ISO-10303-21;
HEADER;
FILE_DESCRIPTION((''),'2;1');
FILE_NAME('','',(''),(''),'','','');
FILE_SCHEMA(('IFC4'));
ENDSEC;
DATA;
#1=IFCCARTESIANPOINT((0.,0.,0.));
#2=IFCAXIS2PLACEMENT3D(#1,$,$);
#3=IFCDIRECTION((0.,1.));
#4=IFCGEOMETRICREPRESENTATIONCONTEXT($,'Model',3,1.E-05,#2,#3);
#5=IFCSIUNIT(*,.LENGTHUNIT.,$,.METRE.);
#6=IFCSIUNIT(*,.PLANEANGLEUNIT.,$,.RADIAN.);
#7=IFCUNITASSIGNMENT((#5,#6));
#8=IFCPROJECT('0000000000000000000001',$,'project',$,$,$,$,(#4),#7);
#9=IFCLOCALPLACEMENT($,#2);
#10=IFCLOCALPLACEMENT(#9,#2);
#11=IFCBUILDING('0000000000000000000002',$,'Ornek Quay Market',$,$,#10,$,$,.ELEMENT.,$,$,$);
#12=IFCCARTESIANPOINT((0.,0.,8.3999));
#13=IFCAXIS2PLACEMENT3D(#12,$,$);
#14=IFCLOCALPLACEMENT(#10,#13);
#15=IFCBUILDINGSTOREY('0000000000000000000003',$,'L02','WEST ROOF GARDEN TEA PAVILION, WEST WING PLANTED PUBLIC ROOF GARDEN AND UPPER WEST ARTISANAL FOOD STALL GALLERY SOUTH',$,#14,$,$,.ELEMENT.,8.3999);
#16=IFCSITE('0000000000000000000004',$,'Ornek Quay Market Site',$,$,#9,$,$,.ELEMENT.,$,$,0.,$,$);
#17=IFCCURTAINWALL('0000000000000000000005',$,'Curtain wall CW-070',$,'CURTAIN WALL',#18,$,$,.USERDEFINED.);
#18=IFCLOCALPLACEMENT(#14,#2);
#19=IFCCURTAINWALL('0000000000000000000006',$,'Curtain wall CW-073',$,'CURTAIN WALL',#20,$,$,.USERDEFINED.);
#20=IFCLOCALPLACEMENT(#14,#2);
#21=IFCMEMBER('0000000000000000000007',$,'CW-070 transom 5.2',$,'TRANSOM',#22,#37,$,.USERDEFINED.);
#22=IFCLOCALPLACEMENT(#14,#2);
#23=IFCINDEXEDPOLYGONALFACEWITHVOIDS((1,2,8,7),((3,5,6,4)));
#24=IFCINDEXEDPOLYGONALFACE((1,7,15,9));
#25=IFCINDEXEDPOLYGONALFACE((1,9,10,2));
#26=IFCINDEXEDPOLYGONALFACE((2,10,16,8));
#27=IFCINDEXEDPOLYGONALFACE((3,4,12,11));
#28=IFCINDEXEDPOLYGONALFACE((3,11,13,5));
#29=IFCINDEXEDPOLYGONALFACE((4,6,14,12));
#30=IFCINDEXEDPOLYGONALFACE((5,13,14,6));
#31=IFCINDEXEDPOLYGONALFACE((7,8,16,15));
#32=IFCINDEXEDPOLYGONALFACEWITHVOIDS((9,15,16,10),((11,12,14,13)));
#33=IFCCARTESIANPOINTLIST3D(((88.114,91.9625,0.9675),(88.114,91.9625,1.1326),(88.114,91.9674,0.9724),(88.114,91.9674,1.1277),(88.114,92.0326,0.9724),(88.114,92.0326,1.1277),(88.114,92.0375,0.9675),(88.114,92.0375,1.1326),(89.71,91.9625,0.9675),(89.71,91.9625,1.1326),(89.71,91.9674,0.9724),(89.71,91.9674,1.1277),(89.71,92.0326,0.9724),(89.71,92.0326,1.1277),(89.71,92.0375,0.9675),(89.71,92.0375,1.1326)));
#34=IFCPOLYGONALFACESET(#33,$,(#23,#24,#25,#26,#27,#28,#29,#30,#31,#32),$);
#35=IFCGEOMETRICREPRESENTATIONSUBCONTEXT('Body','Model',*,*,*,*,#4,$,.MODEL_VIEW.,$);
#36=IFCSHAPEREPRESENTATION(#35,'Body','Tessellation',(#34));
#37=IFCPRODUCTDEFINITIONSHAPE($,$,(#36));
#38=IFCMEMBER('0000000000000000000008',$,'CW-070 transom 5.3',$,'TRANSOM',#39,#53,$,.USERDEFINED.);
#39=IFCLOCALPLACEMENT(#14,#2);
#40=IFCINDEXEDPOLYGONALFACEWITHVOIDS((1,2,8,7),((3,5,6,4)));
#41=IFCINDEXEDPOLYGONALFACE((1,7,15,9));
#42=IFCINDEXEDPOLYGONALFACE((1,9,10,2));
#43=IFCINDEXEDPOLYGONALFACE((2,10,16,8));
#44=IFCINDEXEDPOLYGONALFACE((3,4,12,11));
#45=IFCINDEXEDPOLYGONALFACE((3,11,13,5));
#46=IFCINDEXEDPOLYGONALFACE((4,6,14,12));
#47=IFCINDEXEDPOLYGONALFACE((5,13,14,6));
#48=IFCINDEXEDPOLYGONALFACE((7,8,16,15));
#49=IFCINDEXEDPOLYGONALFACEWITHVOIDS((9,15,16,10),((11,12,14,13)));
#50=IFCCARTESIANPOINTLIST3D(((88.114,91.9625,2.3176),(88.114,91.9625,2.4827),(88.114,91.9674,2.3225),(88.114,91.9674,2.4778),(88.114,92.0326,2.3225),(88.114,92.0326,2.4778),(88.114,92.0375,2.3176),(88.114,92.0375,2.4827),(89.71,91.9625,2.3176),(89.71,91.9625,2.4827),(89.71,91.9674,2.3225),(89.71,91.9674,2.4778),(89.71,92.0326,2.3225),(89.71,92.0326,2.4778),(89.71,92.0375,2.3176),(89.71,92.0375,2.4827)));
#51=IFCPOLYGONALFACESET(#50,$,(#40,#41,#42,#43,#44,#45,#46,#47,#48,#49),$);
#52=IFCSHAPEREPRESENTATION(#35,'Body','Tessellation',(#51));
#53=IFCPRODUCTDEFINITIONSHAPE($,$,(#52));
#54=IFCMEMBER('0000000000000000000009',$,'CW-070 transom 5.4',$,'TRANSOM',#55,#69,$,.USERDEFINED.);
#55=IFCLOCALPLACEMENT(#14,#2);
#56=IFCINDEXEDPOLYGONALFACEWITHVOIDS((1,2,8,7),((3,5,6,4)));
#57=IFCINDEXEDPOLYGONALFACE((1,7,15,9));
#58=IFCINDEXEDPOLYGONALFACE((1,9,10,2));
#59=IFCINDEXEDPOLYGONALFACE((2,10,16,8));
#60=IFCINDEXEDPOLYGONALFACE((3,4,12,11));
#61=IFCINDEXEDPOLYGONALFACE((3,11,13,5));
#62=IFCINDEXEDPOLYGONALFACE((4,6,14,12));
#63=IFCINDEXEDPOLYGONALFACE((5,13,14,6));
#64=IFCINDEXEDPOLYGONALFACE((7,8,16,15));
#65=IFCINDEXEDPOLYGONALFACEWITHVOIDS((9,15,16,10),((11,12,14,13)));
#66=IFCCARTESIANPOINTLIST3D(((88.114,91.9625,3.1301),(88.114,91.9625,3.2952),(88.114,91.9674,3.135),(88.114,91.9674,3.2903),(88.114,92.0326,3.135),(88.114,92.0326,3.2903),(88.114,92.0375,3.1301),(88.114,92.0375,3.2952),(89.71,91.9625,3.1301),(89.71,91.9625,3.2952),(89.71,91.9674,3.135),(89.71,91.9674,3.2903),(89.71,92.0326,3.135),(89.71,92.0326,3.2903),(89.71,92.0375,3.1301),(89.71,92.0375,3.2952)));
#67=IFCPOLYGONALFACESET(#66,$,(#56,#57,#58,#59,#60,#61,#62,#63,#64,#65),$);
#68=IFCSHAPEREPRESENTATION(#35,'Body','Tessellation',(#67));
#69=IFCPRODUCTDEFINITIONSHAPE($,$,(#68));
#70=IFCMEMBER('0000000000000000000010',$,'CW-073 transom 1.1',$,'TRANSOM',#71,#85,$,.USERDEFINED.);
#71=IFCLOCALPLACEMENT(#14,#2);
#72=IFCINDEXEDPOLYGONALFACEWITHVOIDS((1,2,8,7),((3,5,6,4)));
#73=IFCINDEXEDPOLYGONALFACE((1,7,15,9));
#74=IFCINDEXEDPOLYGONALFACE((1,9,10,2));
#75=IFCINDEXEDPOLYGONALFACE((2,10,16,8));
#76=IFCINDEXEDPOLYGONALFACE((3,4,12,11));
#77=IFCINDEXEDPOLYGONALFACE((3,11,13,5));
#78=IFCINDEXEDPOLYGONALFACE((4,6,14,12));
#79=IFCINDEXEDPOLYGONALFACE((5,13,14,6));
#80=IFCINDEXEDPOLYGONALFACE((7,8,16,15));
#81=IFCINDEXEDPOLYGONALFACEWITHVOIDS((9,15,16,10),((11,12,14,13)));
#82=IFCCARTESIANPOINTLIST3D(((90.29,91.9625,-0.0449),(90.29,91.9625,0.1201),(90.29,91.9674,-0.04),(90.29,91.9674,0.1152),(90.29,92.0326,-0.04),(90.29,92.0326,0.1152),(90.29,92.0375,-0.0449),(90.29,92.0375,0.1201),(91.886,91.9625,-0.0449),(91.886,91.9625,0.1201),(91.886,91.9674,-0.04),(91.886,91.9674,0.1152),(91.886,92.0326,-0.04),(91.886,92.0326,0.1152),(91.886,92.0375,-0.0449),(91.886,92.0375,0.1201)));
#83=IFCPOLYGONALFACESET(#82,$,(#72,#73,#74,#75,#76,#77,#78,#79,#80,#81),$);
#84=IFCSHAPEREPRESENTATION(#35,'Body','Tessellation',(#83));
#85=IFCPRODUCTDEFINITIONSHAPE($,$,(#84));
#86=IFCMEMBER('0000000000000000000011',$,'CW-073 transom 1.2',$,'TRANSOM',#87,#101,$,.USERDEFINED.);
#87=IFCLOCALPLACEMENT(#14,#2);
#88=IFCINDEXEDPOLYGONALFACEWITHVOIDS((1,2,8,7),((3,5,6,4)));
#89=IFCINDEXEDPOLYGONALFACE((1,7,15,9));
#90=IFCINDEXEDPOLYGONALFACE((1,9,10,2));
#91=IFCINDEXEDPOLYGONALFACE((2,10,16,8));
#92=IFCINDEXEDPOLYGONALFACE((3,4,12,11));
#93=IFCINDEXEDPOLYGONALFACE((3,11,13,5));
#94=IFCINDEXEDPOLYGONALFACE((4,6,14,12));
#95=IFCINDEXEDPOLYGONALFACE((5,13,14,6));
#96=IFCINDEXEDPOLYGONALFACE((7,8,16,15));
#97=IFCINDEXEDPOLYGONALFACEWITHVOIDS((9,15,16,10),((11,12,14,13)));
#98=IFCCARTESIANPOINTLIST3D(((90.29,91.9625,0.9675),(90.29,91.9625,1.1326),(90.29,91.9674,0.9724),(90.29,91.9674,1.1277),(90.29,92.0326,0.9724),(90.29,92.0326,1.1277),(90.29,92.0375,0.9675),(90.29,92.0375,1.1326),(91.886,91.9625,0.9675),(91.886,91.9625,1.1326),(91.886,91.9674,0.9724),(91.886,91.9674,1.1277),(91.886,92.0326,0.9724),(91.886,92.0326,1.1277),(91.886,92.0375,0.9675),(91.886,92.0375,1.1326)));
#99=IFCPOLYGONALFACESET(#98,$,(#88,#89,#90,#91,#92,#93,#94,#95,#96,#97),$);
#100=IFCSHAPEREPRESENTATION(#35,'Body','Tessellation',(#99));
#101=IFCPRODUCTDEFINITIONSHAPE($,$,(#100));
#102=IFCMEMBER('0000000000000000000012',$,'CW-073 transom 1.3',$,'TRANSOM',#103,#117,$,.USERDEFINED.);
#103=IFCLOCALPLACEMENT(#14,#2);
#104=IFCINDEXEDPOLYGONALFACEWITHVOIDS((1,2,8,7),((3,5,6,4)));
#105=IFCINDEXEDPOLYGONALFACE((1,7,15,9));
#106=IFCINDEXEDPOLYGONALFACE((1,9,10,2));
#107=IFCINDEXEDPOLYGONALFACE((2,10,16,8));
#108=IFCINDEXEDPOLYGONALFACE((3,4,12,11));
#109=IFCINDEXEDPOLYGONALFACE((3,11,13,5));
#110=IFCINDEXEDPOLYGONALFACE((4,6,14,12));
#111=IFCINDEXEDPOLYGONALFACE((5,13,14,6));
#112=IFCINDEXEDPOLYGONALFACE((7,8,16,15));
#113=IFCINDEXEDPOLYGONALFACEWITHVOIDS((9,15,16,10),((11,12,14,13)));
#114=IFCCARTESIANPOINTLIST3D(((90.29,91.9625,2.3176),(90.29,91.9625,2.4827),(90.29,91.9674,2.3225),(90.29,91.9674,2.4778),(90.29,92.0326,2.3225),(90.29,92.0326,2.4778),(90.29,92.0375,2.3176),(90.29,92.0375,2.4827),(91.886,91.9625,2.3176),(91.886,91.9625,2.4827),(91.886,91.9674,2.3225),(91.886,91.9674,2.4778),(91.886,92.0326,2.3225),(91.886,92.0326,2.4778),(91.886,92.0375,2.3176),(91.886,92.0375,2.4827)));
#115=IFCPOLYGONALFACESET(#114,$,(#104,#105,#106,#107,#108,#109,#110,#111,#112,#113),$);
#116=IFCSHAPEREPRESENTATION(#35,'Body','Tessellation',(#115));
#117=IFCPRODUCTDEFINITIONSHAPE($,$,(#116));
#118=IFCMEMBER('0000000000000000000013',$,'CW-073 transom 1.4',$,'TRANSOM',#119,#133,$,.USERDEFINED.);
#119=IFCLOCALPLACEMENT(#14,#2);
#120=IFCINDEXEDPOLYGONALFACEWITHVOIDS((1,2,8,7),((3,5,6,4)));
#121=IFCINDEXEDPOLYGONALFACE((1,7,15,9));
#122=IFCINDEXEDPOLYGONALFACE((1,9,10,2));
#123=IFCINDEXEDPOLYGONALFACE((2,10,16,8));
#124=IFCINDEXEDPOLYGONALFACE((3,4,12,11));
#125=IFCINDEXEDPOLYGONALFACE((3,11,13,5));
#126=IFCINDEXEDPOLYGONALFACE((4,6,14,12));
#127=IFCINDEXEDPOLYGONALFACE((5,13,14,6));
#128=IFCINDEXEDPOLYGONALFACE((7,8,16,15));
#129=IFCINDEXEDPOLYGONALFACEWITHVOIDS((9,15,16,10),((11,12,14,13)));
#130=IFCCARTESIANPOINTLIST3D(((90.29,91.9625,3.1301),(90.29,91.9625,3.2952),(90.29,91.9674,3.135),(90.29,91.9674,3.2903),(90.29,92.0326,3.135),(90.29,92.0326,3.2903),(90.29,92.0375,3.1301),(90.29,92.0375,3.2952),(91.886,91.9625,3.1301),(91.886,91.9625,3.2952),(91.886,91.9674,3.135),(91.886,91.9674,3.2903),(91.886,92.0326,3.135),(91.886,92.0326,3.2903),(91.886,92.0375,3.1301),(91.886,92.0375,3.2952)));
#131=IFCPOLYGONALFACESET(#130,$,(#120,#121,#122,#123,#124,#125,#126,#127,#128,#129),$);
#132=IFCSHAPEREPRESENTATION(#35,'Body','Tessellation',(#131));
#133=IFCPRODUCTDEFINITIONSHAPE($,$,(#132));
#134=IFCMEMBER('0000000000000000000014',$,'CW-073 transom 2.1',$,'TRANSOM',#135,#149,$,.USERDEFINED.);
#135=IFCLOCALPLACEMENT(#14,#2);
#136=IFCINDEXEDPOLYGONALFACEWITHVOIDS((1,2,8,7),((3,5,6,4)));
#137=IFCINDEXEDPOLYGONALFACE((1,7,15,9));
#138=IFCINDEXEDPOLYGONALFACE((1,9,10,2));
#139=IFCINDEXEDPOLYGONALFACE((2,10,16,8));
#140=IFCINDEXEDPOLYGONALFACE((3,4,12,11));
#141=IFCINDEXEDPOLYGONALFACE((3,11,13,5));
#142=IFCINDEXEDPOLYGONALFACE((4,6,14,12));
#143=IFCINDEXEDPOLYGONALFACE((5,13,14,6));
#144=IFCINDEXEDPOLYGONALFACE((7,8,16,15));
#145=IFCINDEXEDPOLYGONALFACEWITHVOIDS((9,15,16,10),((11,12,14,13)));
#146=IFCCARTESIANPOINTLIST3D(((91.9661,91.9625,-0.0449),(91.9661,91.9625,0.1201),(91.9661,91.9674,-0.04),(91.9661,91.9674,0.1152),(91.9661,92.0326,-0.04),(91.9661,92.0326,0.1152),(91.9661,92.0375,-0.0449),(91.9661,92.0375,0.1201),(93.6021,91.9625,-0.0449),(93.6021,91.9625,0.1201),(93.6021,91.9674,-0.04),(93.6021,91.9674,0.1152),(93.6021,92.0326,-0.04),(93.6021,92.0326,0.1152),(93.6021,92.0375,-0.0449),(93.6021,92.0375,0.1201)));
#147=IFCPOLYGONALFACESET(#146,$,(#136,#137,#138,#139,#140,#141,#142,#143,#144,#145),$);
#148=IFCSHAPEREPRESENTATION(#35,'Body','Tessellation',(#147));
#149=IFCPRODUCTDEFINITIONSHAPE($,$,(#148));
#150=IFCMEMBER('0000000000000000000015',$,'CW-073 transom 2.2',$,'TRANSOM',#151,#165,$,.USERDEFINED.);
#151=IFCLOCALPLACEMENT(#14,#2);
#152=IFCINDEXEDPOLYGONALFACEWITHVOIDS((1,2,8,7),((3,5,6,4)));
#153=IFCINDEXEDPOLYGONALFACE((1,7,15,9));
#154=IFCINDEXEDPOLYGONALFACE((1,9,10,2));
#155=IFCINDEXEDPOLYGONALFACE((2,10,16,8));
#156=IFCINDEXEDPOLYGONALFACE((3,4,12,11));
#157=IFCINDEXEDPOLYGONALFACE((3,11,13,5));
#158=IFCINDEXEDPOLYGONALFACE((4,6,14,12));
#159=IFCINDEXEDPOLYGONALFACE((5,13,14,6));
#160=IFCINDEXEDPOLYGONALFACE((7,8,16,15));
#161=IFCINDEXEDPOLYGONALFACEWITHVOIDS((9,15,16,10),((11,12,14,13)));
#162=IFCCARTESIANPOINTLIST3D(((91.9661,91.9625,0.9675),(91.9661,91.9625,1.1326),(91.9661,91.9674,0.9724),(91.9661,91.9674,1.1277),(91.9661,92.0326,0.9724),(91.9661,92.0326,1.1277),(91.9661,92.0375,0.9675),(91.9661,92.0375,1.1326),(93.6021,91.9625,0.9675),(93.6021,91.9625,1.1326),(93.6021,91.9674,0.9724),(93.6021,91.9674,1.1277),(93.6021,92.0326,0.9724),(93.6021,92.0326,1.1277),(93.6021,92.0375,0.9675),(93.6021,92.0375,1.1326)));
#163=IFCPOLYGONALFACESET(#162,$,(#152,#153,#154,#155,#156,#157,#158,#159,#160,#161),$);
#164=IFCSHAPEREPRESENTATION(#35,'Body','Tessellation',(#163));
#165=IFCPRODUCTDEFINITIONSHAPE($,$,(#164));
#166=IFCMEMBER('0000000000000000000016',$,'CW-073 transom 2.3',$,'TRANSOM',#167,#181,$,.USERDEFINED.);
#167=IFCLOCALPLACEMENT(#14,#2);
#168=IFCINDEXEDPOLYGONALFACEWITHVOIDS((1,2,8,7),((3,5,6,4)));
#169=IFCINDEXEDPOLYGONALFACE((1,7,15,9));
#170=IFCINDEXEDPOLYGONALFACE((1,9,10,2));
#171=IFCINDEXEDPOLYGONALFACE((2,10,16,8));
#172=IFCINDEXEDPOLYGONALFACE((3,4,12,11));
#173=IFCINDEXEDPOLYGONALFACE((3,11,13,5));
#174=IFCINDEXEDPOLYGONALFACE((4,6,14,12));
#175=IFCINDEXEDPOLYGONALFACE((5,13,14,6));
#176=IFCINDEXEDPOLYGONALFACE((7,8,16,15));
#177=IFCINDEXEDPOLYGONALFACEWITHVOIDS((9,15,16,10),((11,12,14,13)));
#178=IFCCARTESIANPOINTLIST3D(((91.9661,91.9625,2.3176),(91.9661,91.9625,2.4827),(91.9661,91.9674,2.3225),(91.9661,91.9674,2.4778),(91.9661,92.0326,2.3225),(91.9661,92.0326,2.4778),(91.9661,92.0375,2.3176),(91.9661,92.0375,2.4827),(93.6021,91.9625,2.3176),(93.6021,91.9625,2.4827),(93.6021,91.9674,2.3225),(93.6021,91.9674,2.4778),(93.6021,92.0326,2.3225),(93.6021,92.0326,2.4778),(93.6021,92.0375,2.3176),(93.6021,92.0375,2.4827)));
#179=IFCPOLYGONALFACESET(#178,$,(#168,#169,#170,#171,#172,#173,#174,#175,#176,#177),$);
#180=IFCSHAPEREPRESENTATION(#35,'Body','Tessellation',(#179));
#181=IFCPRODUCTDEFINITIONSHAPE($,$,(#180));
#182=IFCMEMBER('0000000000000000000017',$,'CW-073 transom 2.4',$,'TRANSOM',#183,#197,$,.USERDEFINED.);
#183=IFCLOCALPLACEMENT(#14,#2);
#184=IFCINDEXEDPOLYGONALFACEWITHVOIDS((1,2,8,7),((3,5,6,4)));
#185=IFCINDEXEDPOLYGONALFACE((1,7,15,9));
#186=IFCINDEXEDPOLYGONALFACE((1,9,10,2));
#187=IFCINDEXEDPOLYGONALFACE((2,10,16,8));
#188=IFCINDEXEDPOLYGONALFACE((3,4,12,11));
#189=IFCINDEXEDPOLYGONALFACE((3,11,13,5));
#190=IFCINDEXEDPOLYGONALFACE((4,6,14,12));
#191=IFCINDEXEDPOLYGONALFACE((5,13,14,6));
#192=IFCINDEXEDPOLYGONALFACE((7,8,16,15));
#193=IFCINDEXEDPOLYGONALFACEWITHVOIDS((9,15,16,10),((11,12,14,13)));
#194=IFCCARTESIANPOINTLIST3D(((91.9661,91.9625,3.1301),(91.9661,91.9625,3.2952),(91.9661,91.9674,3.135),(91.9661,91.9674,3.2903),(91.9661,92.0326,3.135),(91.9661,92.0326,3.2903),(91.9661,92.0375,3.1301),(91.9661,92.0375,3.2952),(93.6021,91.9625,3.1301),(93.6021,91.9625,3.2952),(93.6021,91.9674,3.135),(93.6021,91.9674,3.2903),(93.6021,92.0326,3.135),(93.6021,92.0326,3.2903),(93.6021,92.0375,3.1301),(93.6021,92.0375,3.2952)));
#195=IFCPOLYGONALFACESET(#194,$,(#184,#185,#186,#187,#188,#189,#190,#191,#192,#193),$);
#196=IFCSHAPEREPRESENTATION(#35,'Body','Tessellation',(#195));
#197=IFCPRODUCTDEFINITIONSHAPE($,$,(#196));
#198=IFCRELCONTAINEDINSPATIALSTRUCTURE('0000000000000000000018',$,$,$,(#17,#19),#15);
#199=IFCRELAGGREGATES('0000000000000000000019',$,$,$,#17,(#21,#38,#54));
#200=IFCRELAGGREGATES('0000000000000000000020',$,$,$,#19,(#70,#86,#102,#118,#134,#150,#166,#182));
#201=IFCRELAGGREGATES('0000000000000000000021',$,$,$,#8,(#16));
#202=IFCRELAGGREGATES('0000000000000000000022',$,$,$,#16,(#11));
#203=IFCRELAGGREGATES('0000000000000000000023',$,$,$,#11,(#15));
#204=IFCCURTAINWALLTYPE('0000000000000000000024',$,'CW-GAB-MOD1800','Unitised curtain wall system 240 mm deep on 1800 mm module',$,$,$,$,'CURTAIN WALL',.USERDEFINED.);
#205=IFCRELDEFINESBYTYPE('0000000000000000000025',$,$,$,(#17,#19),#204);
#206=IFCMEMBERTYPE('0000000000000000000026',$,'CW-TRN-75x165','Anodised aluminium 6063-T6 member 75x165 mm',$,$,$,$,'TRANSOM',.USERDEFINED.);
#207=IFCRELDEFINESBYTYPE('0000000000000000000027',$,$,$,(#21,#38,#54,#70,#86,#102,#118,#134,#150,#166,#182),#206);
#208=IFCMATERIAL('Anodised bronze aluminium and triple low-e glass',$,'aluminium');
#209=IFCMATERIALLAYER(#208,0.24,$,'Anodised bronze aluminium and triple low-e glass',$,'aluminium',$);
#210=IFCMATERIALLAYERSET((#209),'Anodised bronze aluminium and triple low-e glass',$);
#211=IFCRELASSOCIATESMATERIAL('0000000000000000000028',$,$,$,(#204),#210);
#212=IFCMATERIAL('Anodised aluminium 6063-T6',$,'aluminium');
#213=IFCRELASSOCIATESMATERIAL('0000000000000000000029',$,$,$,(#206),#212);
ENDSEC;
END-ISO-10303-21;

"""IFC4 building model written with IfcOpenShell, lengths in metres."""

from ifc_helpers import new_model, si_unit, direction, frame, origin, origin_2d, place, context, subcontext, project, spatial, hollow_rectangle, extrude, material, layer, layer_set, material_profile, profile_set, type_object, element, aggregate, save


model = new_model("IFC4")

# Units and contexts
model_context = context("Model", 3, precision=1e-05, world=origin(), true_north=direction((0.0, 1.0)))
body_context = subcontext(model_context, "Body", "Model", "MODEL_VIEW")
ifc_project = project(units=[si_unit("LENGTHUNIT", "METRE"), si_unit("PLANEANGLEUNIT", "RADIAN")], contexts=[model_context])

# Site, building, storey
site_placement = place(None, origin())
site = spatial("IfcSite", under=ifc_project, at=site_placement, Name="Ornek Quay Market Site", CompositionType="ELEMENT", RefElevation=0.0)
building_placement = place(site_placement, origin())
building = spatial("IfcBuilding", under=site, at=building_placement, Name="Ornek Quay Market", CompositionType="ELEMENT")
storey_placement = place(building_placement, frame((0.0, 0.0, 8.3999)))
storey = spatial("IfcBuildingStorey", under=building, at=storey_placement, Name="L02", Description="WEST ROOF GARDEN TEA PAVILION, WEST WING PLANTED PUBLIC ROOF GARDEN AND UPPER WEST ARTISANAL FOOD STALL GALLERY SOUTH", CompositionType="ELEMENT", Elevation=8.3999)

# Curtain walls
ifc_material_1 = material(Name="Anodised bronze aluminium and triple low-e glass", Category="aluminium")
ifc_layer_1 = layer(ifc_material_1, 0.24, Name="Anodised bronze aluminium and triple low-e glass", Category="aluminium")
ifc_layer_set_1 = layer_set([ifc_layer_1], Name="Anodised bronze aluminium and triple low-e glass")
curtain_wall_type = type_object("IfcCurtainWallType", Name="CW-GAB-MOD1800", Description="Unitised curtain wall system 240 mm deep on 1800 mm module", ElementType="CURTAIN WALL", PredefinedType="USERDEFINED", material=ifc_layer_set_1)
curtain_wall_1_placement = place(storey_placement, origin())
curtain_wall_1 = element("IfcCurtainWall", 1, at=curtain_wall_1_placement, inside=storey, type_object=curtain_wall_type, Name="Curtain wall CW-070", ObjectType="CURTAIN WALL", PredefinedType="USERDEFINED")
ifc_material_2 = material(Name="Anodised aluminium 6063-T6", Category="aluminium")
curtain_wall_2_placement = place(storey_placement, origin())
curtain_wall_2 = element("IfcCurtainWall", 2, at=curtain_wall_2_placement, inside=storey, type_object=curtain_wall_type, Name="Curtain wall CW-073", ObjectType="CURTAIN WALL", PredefinedType="USERDEFINED")

# Members
ifc_material_profile_1 = material_profile(ifc_material_2, hollow_rectangle(XDim=0.075, YDim=0.165, WallThickness=0.0049, at=origin_2d()), Name="CW-TRN-75x165", Category="aluminium")
ifc_profile_set_1 = profile_set([ifc_material_profile_1], Name="Anodised aluminium 6063-T6")
member_type_1 = type_object("IfcMemberType", Name="CW-TRN-75x165", Description="Anodised aluminium 6063-T6 member 75x165 mm", ElementType="TRANSOM", PredefinedType="USERDEFINED", material=ifc_profile_set_1)
member_1_placement = place(storey_placement, frame((88.114, 92.0, 1.05), z_axis=(1.0, 0.0, 0.0), x_axis=(0.0, 1.0, 0.0)))
member_1 = element("IfcMember", 3, at=member_1_placement, type_object=member_type_1, Name="CW-070 transom 5.2", ObjectType="TRANSOM", PredefinedType="USERDEFINED", context=body_context, shape_type="SweptSolid", body=[
    extrude(hollow_rectangle(XDim=0.075, YDim=0.165, WallThickness=0.0049, at=origin_2d()), origin(), (0.0, 0.0, 1.0), 1.5959),
])
member_2_placement = place(storey_placement, frame((88.114, 92.0, 2.4001), z_axis=(1.0, 0.0, 0.0), x_axis=(0.0, 1.0, 0.0)))
member_2 = element("IfcMember", 4, at=member_2_placement, type_object=member_type_1, Name="CW-070 transom 5.3", ObjectType="TRANSOM", PredefinedType="USERDEFINED", context=body_context, shape_type="SweptSolid", body=[
    extrude(hollow_rectangle(XDim=0.075, YDim=0.165, WallThickness=0.0049, at=origin_2d()), origin(), (0.0, 0.0, 1.0), 1.5959),
])
member_3_placement = place(storey_placement, frame((88.114, 92.0, 3.2126), z_axis=(1.0, 0.0, 0.0), x_axis=(0.0, 1.0, 0.0)))
member_3 = element("IfcMember", 5, at=member_3_placement, type_object=member_type_1, Name="CW-070 transom 5.4", ObjectType="TRANSOM", PredefinedType="USERDEFINED", context=body_context, shape_type="SweptSolid", body=[
    extrude(hollow_rectangle(XDim=0.075, YDim=0.165, WallThickness=0.0049, at=origin_2d()), origin(), (0.0, 0.0, 1.0), 1.5959),
])
member_4_placement = place(storey_placement, frame((90.29, 92.0, 0.0376), z_axis=(1.0, 0.0, 0.0), x_axis=(0.0, 1.0, 0.0)))
member_4 = element("IfcMember", 6, at=member_4_placement, type_object=member_type_1, Name="CW-073 transom 1.1", ObjectType="TRANSOM", PredefinedType="USERDEFINED", context=body_context, shape_type="SweptSolid", body=[
    extrude(hollow_rectangle(XDim=0.075, YDim=0.165, WallThickness=0.0049, at=origin_2d()), origin(), (0.0, 0.0, 1.0), 1.5959),
])
member_5_placement = place(storey_placement, frame((90.29, 92.0, 1.05), z_axis=(1.0, 0.0, 0.0), x_axis=(0.0, 1.0, 0.0)))
member_5 = element("IfcMember", 7, at=member_5_placement, type_object=member_type_1, Name="CW-073 transom 1.2", ObjectType="TRANSOM", PredefinedType="USERDEFINED", context=body_context, shape_type="SweptSolid", body=[
    extrude(hollow_rectangle(XDim=0.075, YDim=0.165, WallThickness=0.0049, at=origin_2d()), origin(), (0.0, 0.0, 1.0), 1.5959),
])
member_6_placement = place(storey_placement, frame((90.29, 92.0, 2.4001), z_axis=(1.0, 0.0, 0.0), x_axis=(0.0, 1.0, 0.0)))
member_6 = element("IfcMember", 8, at=member_6_placement, type_object=member_type_1, Name="CW-073 transom 1.3", ObjectType="TRANSOM", PredefinedType="USERDEFINED", context=body_context, shape_type="SweptSolid", body=[
    extrude(hollow_rectangle(XDim=0.075, YDim=0.165, WallThickness=0.0049, at=origin_2d()), origin(), (0.0, 0.0, 1.0), 1.5959),
])
member_7_placement = place(storey_placement, frame((90.29, 92.0, 3.2126), z_axis=(1.0, 0.0, 0.0), x_axis=(0.0, 1.0, 0.0)))
member_7 = element("IfcMember", 9, at=member_7_placement, type_object=member_type_1, Name="CW-073 transom 1.4", ObjectType="TRANSOM", PredefinedType="USERDEFINED", context=body_context, shape_type="SweptSolid", body=[
    extrude(hollow_rectangle(XDim=0.075, YDim=0.165, WallThickness=0.0049, at=origin_2d()), origin(), (0.0, 0.0, 1.0), 1.5959),
])
member_8_placement = place(storey_placement, frame((91.9661, 92.0, 0.0376), z_axis=(1.0, 0.0, 0.0), x_axis=(0.0, 1.0, 0.0)))
member_8 = element("IfcMember", 10, at=member_8_placement, type_object=member_type_1, Name="CW-073 transom 2.1", ObjectType="TRANSOM", PredefinedType="USERDEFINED", context=body_context, shape_type="SweptSolid", body=[
    extrude(hollow_rectangle(XDim=0.075, YDim=0.165, WallThickness=0.0049, at=origin_2d()), origin(), (0.0, 0.0, 1.0), 1.636),
])
member_9_placement = place(storey_placement, frame((91.9661, 92.0, 1.05), z_axis=(1.0, 0.0, 0.0), x_axis=(0.0, 1.0, 0.0)))
member_9 = element("IfcMember", 11, at=member_9_placement, type_object=member_type_1, Name="CW-073 transom 2.2", ObjectType="TRANSOM", PredefinedType="USERDEFINED", context=body_context, shape_type="SweptSolid", body=[
    extrude(hollow_rectangle(XDim=0.075, YDim=0.165, WallThickness=0.0049, at=origin_2d()), origin(), (0.0, 0.0, 1.0), 1.636),
])
member_10_placement = place(storey_placement, frame((91.9661, 92.0, 2.4001), z_axis=(1.0, 0.0, 0.0), x_axis=(0.0, 1.0, 0.0)))
member_10 = element("IfcMember", 12, at=member_10_placement, type_object=member_type_1, Name="CW-073 transom 2.3", ObjectType="TRANSOM", PredefinedType="USERDEFINED", context=body_context, shape_type="SweptSolid", body=[
    extrude(hollow_rectangle(XDim=0.075, YDim=0.165, WallThickness=0.0049, at=origin_2d()), origin(), (0.0, 0.0, 1.0), 1.636),
])
member_11_placement = place(storey_placement, frame((91.9661, 92.0, 3.2126), z_axis=(1.0, 0.0, 0.0), x_axis=(0.0, 1.0, 0.0)))
member_11 = element("IfcMember", 13, at=member_11_placement, type_object=member_type_1, Name="CW-073 transom 2.4", ObjectType="TRANSOM", PredefinedType="USERDEFINED", context=body_context, shape_type="SweptSolid", body=[
    extrude(hollow_rectangle(XDim=0.075, YDim=0.165, WallThickness=0.0049, at=origin_2d()), origin(), (0.0, 0.0, 1.0), 1.636),
])

aggregate(curtain_wall_1, [member_1, member_2, member_3])
aggregate(curtain_wall_2, [member_4, member_5, member_6, member_7, member_8, member_9, member_10, member_11])

save(model, "model.ifc")
